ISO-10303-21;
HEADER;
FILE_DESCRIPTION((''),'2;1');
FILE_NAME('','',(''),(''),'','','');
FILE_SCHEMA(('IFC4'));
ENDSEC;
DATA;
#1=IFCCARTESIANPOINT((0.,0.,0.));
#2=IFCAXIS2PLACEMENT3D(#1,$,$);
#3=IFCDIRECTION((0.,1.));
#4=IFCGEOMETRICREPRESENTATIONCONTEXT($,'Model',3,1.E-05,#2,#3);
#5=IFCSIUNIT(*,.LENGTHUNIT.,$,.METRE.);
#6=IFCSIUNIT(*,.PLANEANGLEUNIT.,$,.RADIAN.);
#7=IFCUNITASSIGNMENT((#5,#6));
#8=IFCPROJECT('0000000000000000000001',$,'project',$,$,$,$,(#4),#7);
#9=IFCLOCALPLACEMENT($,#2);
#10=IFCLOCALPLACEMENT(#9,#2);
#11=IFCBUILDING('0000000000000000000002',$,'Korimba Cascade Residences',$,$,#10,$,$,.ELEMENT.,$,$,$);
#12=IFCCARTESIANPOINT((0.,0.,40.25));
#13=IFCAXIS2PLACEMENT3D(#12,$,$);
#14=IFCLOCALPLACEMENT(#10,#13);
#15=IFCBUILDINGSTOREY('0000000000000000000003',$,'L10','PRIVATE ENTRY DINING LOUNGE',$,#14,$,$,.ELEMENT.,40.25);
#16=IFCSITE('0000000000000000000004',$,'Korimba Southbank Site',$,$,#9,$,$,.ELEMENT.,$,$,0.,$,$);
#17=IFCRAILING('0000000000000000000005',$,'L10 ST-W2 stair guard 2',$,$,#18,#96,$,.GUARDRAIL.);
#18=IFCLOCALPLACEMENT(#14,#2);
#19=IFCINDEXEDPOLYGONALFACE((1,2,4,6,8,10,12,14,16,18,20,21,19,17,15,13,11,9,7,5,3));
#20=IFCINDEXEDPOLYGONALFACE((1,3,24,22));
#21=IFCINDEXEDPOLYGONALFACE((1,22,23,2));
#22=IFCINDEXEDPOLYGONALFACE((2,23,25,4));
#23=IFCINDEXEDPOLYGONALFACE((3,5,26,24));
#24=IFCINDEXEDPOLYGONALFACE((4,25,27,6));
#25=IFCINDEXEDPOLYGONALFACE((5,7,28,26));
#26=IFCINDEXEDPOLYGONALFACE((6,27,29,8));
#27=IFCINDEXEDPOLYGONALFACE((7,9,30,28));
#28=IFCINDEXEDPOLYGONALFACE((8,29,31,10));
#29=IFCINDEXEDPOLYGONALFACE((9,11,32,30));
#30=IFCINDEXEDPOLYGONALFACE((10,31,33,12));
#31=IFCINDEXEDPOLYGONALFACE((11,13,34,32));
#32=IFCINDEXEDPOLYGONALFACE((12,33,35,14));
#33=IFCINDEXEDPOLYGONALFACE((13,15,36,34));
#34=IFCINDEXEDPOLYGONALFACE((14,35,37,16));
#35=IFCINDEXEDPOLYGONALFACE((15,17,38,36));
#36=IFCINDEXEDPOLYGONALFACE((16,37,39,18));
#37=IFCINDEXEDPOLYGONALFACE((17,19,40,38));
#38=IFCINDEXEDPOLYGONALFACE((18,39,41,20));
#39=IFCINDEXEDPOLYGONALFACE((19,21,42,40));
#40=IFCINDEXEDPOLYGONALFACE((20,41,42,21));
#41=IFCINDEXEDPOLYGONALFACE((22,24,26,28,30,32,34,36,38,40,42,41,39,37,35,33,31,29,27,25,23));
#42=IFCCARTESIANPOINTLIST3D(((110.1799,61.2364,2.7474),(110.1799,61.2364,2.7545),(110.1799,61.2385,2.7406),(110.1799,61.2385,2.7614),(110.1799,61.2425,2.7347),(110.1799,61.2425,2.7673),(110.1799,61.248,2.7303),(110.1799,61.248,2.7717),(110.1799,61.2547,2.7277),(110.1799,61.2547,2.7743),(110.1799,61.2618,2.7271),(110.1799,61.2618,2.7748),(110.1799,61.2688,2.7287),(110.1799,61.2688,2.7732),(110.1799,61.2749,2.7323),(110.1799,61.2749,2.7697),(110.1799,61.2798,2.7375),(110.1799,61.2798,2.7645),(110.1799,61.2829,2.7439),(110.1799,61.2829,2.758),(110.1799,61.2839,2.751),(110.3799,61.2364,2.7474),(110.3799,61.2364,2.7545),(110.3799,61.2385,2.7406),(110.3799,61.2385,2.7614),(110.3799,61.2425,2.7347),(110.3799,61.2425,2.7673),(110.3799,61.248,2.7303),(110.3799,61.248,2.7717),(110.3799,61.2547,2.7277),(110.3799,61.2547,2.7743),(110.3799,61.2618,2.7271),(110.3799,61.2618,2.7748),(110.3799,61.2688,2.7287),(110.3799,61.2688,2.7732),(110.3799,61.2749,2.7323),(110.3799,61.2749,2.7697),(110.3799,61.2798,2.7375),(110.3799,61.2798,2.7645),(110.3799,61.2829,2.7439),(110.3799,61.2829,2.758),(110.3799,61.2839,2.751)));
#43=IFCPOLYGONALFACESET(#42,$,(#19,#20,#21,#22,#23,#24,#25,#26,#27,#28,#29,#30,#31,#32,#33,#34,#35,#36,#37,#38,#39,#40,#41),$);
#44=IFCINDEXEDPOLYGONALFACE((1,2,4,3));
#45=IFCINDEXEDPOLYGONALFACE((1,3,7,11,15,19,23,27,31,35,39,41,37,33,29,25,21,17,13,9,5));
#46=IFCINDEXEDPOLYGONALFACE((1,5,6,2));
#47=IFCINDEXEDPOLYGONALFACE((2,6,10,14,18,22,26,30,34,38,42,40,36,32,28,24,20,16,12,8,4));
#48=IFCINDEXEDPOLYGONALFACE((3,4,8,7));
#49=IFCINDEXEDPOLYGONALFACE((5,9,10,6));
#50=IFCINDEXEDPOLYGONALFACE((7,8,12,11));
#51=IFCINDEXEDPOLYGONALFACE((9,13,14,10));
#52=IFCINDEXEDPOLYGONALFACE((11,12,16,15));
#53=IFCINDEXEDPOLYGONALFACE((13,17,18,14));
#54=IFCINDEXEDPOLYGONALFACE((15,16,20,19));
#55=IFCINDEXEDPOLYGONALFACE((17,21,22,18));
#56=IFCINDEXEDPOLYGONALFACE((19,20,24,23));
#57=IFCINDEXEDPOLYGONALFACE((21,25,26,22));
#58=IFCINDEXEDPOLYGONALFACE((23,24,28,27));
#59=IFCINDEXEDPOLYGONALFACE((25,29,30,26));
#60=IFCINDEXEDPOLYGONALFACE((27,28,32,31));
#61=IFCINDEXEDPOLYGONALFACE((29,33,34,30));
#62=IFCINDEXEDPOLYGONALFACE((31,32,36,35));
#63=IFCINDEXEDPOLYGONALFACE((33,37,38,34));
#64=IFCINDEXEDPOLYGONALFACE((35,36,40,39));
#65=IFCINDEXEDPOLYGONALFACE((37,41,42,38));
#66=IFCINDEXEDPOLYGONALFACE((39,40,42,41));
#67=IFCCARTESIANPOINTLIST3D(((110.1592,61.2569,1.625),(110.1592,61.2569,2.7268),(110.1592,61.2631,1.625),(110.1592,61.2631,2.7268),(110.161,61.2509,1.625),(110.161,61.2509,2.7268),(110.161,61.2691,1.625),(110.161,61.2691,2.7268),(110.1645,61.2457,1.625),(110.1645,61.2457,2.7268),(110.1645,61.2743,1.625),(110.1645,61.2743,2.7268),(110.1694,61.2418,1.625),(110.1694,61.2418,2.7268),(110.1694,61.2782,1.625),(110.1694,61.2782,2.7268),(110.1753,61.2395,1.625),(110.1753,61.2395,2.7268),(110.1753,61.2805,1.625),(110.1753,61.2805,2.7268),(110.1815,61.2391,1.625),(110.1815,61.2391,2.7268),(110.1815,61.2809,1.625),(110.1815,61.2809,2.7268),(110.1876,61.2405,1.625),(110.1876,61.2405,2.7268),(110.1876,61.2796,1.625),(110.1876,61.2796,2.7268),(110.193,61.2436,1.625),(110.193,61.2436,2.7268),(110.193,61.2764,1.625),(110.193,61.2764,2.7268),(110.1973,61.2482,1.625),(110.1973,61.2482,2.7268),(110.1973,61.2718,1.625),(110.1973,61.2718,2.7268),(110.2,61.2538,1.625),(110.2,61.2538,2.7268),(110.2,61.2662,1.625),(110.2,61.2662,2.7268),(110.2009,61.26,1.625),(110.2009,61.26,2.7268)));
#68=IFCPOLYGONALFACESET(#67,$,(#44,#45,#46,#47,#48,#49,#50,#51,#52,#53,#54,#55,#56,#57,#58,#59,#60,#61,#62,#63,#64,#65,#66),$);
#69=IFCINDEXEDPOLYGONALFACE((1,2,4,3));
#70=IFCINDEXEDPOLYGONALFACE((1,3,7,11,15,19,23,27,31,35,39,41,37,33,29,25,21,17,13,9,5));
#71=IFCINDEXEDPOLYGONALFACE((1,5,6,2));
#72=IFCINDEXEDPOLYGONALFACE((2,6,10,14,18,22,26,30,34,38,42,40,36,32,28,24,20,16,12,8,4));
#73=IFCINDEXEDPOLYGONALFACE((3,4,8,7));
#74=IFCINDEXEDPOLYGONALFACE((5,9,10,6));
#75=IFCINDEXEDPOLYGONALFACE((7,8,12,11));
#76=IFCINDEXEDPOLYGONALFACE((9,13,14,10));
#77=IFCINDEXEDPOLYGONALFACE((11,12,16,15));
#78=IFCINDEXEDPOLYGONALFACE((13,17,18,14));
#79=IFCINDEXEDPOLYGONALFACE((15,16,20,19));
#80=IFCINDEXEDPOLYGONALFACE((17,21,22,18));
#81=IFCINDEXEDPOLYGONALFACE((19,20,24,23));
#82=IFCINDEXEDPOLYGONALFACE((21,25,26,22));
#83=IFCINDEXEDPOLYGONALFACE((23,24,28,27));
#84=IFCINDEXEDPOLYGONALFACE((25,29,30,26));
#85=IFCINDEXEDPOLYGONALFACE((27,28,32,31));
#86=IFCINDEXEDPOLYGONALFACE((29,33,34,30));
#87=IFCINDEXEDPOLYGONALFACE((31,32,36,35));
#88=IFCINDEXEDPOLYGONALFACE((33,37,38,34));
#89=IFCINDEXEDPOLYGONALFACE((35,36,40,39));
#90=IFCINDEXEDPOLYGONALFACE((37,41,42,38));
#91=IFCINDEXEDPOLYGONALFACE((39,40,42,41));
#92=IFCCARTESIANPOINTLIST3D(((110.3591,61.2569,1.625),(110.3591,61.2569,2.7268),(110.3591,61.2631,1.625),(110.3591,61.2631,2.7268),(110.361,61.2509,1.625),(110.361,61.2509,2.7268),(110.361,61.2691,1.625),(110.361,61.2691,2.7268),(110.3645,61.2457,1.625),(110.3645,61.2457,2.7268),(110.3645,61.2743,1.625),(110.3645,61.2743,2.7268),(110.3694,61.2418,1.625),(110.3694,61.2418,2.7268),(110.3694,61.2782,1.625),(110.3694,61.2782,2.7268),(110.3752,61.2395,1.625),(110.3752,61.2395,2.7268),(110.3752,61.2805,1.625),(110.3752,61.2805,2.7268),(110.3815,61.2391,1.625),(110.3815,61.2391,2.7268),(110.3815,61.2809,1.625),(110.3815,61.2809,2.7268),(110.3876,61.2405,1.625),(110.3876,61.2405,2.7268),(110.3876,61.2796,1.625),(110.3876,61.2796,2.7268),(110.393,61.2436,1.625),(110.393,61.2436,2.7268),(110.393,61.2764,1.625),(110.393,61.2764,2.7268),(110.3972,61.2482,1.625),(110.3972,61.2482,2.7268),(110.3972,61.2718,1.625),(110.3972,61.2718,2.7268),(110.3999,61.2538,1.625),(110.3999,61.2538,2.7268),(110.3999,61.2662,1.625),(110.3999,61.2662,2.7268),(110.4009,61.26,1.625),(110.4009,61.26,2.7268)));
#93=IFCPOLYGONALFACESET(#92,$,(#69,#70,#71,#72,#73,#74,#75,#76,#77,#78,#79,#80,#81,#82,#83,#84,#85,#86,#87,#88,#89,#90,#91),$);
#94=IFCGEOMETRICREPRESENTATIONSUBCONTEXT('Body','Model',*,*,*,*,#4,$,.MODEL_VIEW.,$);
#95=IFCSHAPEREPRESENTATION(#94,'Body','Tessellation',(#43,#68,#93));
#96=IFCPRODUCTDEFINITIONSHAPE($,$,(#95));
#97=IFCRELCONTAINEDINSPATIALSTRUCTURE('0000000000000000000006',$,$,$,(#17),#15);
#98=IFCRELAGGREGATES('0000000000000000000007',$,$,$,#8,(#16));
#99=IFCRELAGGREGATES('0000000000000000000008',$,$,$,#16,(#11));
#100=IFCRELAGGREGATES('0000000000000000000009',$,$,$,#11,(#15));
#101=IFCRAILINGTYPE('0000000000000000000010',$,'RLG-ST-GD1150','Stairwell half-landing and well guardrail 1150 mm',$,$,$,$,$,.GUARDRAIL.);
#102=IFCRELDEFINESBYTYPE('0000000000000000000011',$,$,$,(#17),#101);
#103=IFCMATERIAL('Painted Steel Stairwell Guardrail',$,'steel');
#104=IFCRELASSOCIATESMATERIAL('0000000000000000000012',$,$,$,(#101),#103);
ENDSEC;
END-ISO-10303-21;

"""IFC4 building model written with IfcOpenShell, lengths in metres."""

from ifc_helpers import new_model, si_unit, direction, frame, origin, origin_2d, place, context, subcontext, project, spatial, circle, extrude, material, type_object, element, save


model = new_model("IFC4")

# Units and contexts
model_context = context("Model", 3, precision=1e-05, world=origin(), true_north=direction((0.0, 1.0)))
body_context = subcontext(model_context, "Body", "Model", "MODEL_VIEW")
ifc_project = project(units=[si_unit("LENGTHUNIT", "METRE"), si_unit("PLANEANGLEUNIT", "RADIAN")], contexts=[model_context])

# Site, building, storey
site_placement = place(None, origin())
site = spatial("IfcSite", under=ifc_project, at=site_placement, Name="Korimba Southbank Site", CompositionType="ELEMENT", RefElevation=0.0)
building_placement = place(site_placement, origin())
building = spatial("IfcBuilding", under=site, at=building_placement, Name="Korimba Cascade Residences", CompositionType="ELEMENT")
storey_placement = place(building_placement, frame((0.0, 0.0, 40.25)))
storey = spatial("IfcBuildingStorey", under=building, at=storey_placement, Name="L10", Description="PRIVATE ENTRY DINING LOUNGE", CompositionType="ELEMENT", Elevation=40.25)

# Railing
ifc_material_1 = material(Name="Painted Steel Stairwell Guardrail", Category="steel")
railing_type_1 = type_object("IfcRailingType", Name="RLG-ST-GD1150", Description="Stairwell half-landing and well guardrail 1150 mm", PredefinedType="GUARDRAIL", material=ifc_material_1)
railing_1_placement = place(storey_placement, frame((110.1799, 61.26, 1.625)))
element("IfcRailing", 1, at=railing_1_placement, inside=storey, type_object=railing_type_1, Name="L10 ST-W2 stair guard 2", PredefinedType="GUARDRAIL", context=body_context, shape_type="SweptSolid", body=[
    extrude(circle(Radius=0.0239, at=origin_2d()), frame((0.0, 0.0, 1.126), z_axis=(1.0, 0.0, 0.0), x_axis=(0.0, 1.0, 0.0)), (0.0, 0.0, 1.0), 0.2),
    extrude(circle(Radius=0.021, at=origin_2d()), origin(), (0.0, 0.0, 1.0), 1.1018),
    extrude(circle(Radius=0.021, at=origin_2d()), frame((0.2, 0.0, 0.0)), (0.0, 0.0, 1.0), 1.1018),
])

save(model, "model.ifc")
